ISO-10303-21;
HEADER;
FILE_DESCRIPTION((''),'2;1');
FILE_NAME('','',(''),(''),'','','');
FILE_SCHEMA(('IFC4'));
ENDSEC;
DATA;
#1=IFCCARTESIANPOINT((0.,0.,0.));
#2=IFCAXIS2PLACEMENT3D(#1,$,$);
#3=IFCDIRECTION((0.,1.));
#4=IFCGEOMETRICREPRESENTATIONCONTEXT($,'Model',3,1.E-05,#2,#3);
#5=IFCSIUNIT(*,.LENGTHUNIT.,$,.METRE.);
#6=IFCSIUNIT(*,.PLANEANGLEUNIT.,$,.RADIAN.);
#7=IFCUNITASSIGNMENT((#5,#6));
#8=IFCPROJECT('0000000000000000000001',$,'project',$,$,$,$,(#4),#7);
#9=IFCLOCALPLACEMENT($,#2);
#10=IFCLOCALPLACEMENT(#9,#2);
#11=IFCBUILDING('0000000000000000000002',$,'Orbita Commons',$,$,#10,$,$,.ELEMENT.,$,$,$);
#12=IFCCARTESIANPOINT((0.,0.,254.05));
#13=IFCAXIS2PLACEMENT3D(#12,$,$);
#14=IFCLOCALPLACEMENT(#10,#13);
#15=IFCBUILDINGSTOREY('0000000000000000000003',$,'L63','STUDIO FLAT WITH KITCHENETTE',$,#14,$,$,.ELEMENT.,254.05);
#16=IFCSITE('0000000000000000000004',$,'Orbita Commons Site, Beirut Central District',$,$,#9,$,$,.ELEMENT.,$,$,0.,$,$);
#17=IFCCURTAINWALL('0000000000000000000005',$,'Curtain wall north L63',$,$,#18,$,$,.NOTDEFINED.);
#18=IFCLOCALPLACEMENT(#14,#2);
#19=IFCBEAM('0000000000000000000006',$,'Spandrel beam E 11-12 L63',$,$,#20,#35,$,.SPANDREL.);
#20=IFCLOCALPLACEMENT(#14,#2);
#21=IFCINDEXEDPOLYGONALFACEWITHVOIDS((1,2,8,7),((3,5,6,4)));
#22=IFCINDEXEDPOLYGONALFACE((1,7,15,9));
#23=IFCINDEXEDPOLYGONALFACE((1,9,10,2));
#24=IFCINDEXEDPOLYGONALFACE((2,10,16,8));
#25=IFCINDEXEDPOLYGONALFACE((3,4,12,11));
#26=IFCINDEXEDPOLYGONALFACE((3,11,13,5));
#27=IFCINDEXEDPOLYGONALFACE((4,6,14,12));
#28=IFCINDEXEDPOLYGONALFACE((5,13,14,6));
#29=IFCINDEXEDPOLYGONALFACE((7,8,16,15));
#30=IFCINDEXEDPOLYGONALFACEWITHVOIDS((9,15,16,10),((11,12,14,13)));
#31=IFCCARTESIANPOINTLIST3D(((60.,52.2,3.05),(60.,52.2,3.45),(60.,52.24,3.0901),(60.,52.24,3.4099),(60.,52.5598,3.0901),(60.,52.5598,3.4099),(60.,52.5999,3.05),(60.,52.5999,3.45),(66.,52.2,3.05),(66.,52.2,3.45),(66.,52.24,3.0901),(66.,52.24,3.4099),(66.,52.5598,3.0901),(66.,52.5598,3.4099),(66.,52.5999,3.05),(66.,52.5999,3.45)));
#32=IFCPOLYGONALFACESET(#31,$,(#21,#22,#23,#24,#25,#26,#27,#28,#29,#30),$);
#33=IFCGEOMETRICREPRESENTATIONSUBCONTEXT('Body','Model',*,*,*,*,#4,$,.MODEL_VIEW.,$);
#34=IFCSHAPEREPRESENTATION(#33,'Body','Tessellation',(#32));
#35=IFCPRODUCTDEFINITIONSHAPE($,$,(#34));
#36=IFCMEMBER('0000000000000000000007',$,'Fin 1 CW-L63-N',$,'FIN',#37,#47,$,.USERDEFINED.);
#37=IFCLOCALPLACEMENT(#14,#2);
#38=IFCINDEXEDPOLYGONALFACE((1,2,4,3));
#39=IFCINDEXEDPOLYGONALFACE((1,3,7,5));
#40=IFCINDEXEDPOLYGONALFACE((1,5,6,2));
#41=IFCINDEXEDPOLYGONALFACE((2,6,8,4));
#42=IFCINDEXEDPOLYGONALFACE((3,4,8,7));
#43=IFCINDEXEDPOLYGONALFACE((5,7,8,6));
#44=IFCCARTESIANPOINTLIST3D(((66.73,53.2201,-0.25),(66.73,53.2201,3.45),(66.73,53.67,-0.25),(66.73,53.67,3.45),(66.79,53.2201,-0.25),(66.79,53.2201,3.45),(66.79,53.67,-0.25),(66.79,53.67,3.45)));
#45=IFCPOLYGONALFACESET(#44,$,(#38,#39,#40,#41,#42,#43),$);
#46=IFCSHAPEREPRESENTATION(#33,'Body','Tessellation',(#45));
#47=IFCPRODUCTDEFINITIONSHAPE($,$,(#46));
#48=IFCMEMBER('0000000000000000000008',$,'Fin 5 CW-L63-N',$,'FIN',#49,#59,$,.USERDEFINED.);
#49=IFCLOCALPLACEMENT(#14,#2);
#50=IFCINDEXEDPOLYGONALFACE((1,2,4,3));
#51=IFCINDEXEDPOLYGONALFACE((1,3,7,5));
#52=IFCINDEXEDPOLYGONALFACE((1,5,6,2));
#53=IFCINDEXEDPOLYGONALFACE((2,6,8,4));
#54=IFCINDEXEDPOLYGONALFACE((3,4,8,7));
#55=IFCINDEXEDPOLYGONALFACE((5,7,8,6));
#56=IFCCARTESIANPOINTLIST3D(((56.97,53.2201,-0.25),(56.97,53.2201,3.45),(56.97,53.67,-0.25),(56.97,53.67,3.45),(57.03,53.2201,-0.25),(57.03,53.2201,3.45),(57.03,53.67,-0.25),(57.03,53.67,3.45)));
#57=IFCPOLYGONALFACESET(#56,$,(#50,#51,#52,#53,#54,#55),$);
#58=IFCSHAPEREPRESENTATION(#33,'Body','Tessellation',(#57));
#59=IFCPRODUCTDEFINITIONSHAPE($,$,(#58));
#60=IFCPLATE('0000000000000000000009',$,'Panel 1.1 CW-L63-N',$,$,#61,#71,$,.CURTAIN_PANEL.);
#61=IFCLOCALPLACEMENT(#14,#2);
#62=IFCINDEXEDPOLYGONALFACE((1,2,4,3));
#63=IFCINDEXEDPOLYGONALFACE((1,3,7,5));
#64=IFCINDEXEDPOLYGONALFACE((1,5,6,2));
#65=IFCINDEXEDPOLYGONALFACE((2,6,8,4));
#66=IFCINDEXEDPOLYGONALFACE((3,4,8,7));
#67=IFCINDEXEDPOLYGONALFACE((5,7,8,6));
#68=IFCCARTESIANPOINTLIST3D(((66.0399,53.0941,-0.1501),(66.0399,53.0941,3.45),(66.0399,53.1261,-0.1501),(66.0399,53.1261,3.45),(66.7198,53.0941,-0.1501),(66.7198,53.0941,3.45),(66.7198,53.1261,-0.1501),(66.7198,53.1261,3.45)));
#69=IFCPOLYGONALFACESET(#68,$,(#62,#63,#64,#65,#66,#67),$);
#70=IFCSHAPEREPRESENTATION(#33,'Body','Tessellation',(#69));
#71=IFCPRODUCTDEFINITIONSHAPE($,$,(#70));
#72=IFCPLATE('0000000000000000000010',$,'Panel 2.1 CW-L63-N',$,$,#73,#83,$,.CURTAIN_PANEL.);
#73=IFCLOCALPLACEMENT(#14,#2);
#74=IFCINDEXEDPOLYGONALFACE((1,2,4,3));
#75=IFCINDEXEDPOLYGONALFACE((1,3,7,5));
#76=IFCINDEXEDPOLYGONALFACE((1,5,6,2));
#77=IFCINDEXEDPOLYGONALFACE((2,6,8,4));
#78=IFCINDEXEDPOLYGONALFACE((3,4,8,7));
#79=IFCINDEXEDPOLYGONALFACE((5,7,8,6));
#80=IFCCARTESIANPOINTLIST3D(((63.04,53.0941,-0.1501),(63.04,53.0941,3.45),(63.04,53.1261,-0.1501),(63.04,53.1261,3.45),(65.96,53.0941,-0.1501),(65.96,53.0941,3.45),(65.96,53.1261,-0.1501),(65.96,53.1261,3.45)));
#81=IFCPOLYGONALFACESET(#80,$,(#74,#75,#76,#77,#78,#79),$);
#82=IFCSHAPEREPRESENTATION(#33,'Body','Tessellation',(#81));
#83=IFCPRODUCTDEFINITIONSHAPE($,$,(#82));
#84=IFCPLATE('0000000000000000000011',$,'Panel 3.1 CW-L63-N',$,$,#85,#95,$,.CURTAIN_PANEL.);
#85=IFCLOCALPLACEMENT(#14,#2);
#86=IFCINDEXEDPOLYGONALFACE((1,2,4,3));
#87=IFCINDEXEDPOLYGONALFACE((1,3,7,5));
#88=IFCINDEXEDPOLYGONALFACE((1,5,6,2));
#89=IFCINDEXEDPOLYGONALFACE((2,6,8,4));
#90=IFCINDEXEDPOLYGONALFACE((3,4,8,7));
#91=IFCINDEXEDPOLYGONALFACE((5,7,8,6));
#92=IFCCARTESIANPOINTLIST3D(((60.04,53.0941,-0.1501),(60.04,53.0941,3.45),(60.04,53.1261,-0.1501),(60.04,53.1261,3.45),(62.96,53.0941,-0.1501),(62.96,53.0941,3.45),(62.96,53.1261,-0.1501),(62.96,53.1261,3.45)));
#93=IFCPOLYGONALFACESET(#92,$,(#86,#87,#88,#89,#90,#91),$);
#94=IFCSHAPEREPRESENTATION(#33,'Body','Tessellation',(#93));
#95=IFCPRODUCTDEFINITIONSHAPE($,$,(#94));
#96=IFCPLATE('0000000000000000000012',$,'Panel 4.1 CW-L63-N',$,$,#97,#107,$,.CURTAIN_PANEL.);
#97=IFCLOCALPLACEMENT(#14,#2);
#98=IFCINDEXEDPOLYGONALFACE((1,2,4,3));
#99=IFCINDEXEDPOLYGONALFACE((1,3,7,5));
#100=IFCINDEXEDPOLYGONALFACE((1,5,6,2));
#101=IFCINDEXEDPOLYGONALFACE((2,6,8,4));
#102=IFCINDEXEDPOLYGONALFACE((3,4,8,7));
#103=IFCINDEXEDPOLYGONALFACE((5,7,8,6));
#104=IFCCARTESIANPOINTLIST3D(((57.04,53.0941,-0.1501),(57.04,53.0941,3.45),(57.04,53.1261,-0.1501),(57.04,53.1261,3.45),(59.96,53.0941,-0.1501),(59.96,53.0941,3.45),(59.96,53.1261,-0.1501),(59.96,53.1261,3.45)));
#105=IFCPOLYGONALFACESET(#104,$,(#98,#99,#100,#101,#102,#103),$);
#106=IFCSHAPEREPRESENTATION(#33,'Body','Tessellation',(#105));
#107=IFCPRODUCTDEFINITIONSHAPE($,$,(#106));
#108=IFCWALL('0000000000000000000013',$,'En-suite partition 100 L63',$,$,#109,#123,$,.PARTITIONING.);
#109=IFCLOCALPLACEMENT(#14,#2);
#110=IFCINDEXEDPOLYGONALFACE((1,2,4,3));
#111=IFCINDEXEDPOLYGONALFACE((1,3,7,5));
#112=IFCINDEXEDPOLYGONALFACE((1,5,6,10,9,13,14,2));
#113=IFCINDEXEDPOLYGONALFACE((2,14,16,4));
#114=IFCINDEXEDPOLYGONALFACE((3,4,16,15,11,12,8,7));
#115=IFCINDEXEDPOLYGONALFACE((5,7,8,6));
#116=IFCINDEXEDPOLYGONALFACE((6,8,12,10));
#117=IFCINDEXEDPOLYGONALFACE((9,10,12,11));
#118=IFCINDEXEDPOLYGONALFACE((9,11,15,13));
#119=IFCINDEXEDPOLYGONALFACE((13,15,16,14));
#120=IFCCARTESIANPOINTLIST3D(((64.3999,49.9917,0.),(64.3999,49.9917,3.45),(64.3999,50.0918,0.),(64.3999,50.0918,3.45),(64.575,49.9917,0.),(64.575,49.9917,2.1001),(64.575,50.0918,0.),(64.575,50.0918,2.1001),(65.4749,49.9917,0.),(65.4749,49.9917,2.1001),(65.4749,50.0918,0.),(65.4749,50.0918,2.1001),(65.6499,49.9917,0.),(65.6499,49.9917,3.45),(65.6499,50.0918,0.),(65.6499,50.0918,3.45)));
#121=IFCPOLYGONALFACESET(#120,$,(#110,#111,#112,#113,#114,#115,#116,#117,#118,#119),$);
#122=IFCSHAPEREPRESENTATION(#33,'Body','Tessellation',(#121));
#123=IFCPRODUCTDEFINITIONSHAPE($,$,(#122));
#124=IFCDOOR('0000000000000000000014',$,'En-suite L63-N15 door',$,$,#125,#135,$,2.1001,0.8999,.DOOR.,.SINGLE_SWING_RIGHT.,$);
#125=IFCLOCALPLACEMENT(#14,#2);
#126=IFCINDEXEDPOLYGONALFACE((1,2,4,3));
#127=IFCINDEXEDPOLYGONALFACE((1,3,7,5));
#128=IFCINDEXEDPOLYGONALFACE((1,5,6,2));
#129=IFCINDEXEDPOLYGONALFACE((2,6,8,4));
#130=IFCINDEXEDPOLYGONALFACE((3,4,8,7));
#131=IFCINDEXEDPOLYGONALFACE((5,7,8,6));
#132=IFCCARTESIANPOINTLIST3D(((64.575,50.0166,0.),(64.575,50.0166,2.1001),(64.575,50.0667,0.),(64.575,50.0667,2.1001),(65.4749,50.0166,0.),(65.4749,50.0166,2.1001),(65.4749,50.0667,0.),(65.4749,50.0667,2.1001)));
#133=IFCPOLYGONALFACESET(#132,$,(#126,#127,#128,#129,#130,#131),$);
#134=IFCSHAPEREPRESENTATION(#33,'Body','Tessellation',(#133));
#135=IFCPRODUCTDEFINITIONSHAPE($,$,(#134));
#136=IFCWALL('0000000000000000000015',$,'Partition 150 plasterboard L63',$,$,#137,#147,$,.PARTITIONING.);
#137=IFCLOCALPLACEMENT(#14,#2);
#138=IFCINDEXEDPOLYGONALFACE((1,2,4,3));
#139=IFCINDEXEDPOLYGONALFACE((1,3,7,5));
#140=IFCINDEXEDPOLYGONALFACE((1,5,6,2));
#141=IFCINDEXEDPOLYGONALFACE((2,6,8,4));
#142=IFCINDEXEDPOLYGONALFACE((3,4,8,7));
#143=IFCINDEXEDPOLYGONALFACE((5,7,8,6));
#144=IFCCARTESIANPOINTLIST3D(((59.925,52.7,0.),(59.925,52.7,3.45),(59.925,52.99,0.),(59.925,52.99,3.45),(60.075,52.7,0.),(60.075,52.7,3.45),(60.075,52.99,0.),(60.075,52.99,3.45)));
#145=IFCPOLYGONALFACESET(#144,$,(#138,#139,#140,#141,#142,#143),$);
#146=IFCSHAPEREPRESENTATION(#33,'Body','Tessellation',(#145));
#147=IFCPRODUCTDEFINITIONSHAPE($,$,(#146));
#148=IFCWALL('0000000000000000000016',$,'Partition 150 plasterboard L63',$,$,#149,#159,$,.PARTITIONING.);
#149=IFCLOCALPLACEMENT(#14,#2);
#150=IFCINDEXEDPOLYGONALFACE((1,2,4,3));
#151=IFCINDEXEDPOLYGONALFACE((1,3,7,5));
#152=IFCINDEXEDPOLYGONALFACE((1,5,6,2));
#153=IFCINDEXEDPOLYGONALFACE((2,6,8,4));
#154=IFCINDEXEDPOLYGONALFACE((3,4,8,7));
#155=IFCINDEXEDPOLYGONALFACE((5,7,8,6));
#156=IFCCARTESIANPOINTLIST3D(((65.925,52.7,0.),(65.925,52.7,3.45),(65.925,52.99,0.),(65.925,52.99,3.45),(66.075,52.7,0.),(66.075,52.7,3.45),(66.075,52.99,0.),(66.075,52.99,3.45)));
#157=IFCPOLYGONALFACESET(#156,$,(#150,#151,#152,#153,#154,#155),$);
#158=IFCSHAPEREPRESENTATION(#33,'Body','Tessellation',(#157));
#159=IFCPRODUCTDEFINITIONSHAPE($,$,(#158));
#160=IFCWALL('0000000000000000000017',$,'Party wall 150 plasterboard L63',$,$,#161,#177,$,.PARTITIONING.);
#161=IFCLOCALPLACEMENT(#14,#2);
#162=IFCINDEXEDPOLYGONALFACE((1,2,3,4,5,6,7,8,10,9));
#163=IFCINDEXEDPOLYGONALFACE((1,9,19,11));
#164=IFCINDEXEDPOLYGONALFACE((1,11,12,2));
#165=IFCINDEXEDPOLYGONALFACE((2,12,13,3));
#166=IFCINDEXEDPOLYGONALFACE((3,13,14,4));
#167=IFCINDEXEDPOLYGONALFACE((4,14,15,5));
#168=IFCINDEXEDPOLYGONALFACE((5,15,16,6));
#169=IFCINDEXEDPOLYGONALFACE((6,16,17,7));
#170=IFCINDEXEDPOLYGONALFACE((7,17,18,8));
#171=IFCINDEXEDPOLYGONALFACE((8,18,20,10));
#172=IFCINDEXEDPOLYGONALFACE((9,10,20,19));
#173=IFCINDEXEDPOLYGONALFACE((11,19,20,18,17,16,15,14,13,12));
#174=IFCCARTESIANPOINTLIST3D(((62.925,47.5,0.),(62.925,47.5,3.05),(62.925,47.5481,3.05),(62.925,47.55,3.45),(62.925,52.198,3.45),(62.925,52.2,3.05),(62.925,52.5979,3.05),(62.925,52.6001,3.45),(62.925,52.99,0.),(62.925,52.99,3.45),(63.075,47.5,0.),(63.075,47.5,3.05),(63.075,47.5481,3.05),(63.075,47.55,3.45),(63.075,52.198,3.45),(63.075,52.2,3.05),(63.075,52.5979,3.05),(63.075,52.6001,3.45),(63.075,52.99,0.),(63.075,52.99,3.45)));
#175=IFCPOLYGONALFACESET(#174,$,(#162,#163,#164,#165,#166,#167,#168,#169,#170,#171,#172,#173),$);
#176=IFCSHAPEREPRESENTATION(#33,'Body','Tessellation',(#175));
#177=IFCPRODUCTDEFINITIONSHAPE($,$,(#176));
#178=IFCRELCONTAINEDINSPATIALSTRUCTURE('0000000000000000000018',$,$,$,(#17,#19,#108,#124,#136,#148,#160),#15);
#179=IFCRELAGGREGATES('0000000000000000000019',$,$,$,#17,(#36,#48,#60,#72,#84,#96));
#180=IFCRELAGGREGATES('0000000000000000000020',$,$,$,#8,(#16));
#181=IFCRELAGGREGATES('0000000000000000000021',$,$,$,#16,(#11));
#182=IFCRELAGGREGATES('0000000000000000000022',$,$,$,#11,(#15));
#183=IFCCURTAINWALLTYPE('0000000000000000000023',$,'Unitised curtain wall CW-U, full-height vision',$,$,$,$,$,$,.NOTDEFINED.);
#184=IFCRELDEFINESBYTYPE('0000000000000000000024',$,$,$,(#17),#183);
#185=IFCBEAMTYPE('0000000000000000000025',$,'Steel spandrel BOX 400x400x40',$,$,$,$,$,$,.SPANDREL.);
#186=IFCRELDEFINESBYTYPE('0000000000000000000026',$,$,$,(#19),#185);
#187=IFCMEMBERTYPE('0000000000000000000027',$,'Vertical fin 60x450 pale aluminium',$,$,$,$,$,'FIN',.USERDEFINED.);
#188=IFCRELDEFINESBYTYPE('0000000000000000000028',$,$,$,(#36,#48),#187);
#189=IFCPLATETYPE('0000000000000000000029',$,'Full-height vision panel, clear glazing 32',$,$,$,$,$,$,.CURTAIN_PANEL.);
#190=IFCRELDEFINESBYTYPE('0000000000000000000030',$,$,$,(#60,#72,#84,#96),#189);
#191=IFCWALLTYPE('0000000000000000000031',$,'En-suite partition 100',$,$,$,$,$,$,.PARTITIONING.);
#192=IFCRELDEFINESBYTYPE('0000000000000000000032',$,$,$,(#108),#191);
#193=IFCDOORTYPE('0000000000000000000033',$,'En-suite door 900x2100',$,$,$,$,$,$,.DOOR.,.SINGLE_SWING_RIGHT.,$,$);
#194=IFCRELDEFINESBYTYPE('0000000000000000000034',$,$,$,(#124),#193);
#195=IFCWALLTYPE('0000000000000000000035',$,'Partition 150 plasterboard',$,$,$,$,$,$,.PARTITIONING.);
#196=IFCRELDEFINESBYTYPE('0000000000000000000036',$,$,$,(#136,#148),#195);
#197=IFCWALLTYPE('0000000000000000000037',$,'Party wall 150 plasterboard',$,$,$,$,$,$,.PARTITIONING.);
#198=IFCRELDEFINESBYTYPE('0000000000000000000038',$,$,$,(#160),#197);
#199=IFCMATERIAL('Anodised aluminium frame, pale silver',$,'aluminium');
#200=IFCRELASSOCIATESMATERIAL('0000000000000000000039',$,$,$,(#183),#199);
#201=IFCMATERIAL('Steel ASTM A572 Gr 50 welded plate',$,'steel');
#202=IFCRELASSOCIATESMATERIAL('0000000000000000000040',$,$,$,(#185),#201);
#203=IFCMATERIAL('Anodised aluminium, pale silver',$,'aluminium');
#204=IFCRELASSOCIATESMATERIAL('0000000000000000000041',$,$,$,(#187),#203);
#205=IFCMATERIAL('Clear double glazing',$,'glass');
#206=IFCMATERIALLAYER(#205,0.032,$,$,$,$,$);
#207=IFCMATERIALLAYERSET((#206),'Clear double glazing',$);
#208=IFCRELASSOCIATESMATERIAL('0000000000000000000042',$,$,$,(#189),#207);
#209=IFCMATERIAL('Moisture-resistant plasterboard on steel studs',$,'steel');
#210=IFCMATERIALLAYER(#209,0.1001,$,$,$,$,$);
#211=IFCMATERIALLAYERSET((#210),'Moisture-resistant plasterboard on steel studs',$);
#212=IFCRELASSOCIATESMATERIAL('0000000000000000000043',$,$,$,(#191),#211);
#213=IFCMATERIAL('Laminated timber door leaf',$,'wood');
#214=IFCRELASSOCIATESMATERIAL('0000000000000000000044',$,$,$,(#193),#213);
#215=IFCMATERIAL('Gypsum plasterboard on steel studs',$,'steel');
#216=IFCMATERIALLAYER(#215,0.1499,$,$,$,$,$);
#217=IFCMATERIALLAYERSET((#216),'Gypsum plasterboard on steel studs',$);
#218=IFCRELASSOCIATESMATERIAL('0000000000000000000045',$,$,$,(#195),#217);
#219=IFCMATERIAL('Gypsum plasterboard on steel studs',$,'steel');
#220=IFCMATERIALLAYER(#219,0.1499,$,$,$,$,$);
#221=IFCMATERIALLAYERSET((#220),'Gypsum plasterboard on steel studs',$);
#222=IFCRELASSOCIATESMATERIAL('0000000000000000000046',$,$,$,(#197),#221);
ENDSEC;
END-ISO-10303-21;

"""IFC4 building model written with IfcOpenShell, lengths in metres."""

from ifc_helpers import new_model, si_unit, direction, frame, frame_2d, origin, origin_2d, place, context, subcontext, project, spatial, polyline, rectangle, hollow_rectangle, outline, extrude, material, layer, layer_set, material_profile, profile_set, type_object, element, fill, aggregate, save


model = new_model("IFC4")

# Units and contexts
model_context = context("Model", 3, precision=1e-05, world=origin(), true_north=direction((0.0, 1.0)))
body_context = subcontext(model_context, "Body", "Model", "MODEL_VIEW")
ifc_project = project(units=[si_unit("LENGTHUNIT", "METRE"), si_unit("PLANEANGLEUNIT", "RADIAN")], contexts=[model_context])

# Site, building, storey
site_placement = place(None, origin())
site = spatial("IfcSite", under=ifc_project, at=site_placement, Name="Orbita Commons Site, Beirut Central District", CompositionType="ELEMENT", RefElevation=0.0)
building_placement = place(site_placement, origin())
building = spatial("IfcBuilding", under=site, at=building_placement, Name="Orbita Commons", CompositionType="ELEMENT")
storey_placement = place(building_placement, frame((0.0, 0.0, 254.05)))
storey = spatial("IfcBuildingStorey", under=building, at=storey_placement, Name="L63", Description="STUDIO FLAT WITH KITCHENETTE", CompositionType="ELEMENT", Elevation=254.05)

# Curtain wall
ifc_material_1 = material(Name="Anodised aluminium frame, pale silver", Category="aluminium")
curtain_wall_type = type_object("IfcCurtainWallType", Name="Unitised curtain wall CW-U, full-height vision", PredefinedType="NOTDEFINED", material=ifc_material_1)
curtain_wall_placement = place(storey_placement, origin())
curtain_wall = element("IfcCurtainWall", 1, at=curtain_wall_placement, inside=storey, type_object=curtain_wall_type, Name="Curtain wall north L63", PredefinedType="NOTDEFINED")

# Beam
ifc_material_2 = material(Name="Steel ASTM A572 Gr 50 welded plate", Category="steel")
ifc_material_profile_1 = material_profile(ifc_material_2, hollow_rectangle(XDim=0.3999, YDim=0.3999, WallThickness=0.04, at=origin_2d()), Name="BOX 400x400x40")
ifc_profile_set_1 = profile_set([ifc_material_profile_1], Name="Steel ASTM A572 Gr 50 welded plate")
beam_type = type_object("IfcBeamType", Name="Steel spandrel BOX 400x400x40", PredefinedType="SPANDREL", material=ifc_profile_set_1)
beam_placement = place(storey_placement, frame((60.0, 52.3999, 3.25), z_axis=(1.0, 0.0, 0.0), x_axis=(0.0, 1.0, 0.0)))
element("IfcBeam", 2, at=beam_placement, inside=storey, type_object=beam_type, Name="Spandrel beam E 11-12 L63", PredefinedType="SPANDREL", context=body_context, shape_type="SweptSolid", body=[
    extrude(hollow_rectangle(XDim=0.3999, YDim=0.3999, WallThickness=0.04, at=origin_2d()), origin(), (0.0, 0.0, 1.0), 6.0),
])

# Members
ifc_material_3 = material(Name="Anodised aluminium, pale silver", Category="aluminium")
ifc_material_profile_2 = material_profile(ifc_material_3, rectangle(XDim=0.0601, YDim=0.45, at=origin_2d()), Name="FIN 60x450")
ifc_profile_set_2 = profile_set([ifc_material_profile_2], Name="Anodised aluminium, pale silver")
member_type_1 = type_object("IfcMemberType", Name="Vertical fin 60x450 pale aluminium", ElementType="FIN", PredefinedType="USERDEFINED", material=ifc_profile_set_2)
member_1_placement = place(storey_placement, frame((66.76, 53.4451, -0.25), z_axis=(0.0, 0.0, 1.0), x_axis=(-1.0, 0.0, 0.0)))
member_1 = element("IfcMember", 3, at=member_1_placement, type_object=member_type_1, Name="Fin 1 CW-L63-N", ObjectType="FIN", PredefinedType="USERDEFINED", context=body_context, shape_type="SweptSolid", body=[
    extrude(rectangle(XDim=0.0601, YDim=0.45, at=origin_2d()), origin(), (0.0, 0.0, 1.0), 3.7),
])
member_2_placement = place(storey_placement, frame((57.0, 53.4451, -0.25), z_axis=(0.0, 0.0, 1.0), x_axis=(-1.0, 0.0, 0.0)))
member_2 = element("IfcMember", 4, at=member_2_placement, type_object=member_type_1, Name="Fin 5 CW-L63-N", ObjectType="FIN", PredefinedType="USERDEFINED", context=body_context, shape_type="SweptSolid", body=[
    extrude(rectangle(XDim=0.0601, YDim=0.45, at=origin_2d()), origin(), (0.0, 0.0, 1.0), 3.7),
])

# Plates
ifc_material_4 = material(Name="Clear double glazing", Category="glass")
ifc_layer_1 = layer(ifc_material_4, 0.032)
ifc_layer_set_1 = layer_set([ifc_layer_1], Name="Clear double glazing")
plate_type = type_object("IfcPlateType", Name="Full-height vision panel, clear glazing 32", PredefinedType="CURTAIN_PANEL", material=ifc_layer_set_1)
plate_1_placement = place(storey_placement, frame((66.3799, 53.1101, -0.1501), z_axis=(0.0, 0.0, 1.0), x_axis=(-1.0, 0.0, 0.0)))
plate_1 = element("IfcPlate", 5, at=plate_1_placement, type_object=plate_type, Name="Panel 1.1 CW-L63-N", PredefinedType="CURTAIN_PANEL", context=body_context, shape_type="SweptSolid", body=[
    extrude(rectangle(XDim=0.6799, YDim=0.032, at=origin_2d()), origin(), (0.0, 0.0, 1.0), 3.6001),
])
plate_2_placement = place(storey_placement, frame((64.5, 53.1101, -0.1501), z_axis=(0.0, 0.0, 1.0), x_axis=(-1.0, 0.0, 0.0)))
plate_2 = element("IfcPlate", 6, at=plate_2_placement, type_object=plate_type, Name="Panel 2.1 CW-L63-N", PredefinedType="CURTAIN_PANEL", context=body_context, shape_type="SweptSolid", body=[
    extrude(rectangle(XDim=2.9199, YDim=0.032, at=origin_2d()), origin(), (0.0, 0.0, 1.0), 3.6001),
])
plate_3_placement = place(storey_placement, frame((61.5, 53.1101, -0.1501), z_axis=(0.0, 0.0, 1.0), x_axis=(-1.0, 0.0, 0.0)))
plate_3 = element("IfcPlate", 7, at=plate_3_placement, type_object=plate_type, Name="Panel 3.1 CW-L63-N", PredefinedType="CURTAIN_PANEL", context=body_context, shape_type="SweptSolid", body=[
    extrude(rectangle(XDim=2.9199, YDim=0.032, at=origin_2d()), origin(), (0.0, 0.0, 1.0), 3.6001),
])
plate_4_placement = place(storey_placement, frame((58.5, 53.1101, -0.1501), z_axis=(0.0, 0.0, 1.0), x_axis=(-1.0, 0.0, 0.0)))
plate_4 = element("IfcPlate", 8, at=plate_4_placement, type_object=plate_type, Name="Panel 4.1 CW-L63-N", PredefinedType="CURTAIN_PANEL", context=body_context, shape_type="SweptSolid", body=[
    extrude(rectangle(XDim=2.9199, YDim=0.032, at=origin_2d()), origin(), (0.0, 0.0, 1.0), 3.6001),
])
aggregate(curtain_wall, [member_1, member_2, plate_1, plate_2, plate_3, plate_4])

# Wall, opening, door
ifc_material_5 = material(Name="Moisture-resistant plasterboard on steel studs", Category="steel")
ifc_layer_2 = layer(ifc_material_5, 0.1001)
ifc_layer_set_2 = layer_set([ifc_layer_2], Name="Moisture-resistant plasterboard on steel studs")
wall_type_1 = type_object("IfcWallType", Name="En-suite partition 100", PredefinedType="PARTITIONING", material=ifc_layer_set_2)
wall_1_placement = place(storey_placement, frame((64.3999, 50.0417, 0.0), z_axis=(0.0, 0.0, 1.0), x_axis=(1.0, 0.0, 0.0)))
wall_1 = element("IfcWall", 9, at=wall_1_placement, inside=storey, type_object=wall_type_1, Name="En-suite partition 100 L63", PredefinedType="PARTITIONING", context=body_context, shape_type="SweptSolid", body=[
    extrude(rectangle(XDim=1.25, YDim=0.1001, at=frame_2d((0.625, 0.0))), origin(), (0.0, 0.0, 1.0), 3.45),
])
opening_1_placement = place(wall_1_placement, frame((0.175, 0.0, 0.0)))
opening_1 = element("IfcOpeningElement", 10, at=opening_1_placement, cuts=wall_1, PredefinedType="OPENING", context=body_context, shape_type="SweptSolid", body=[
    extrude(rectangle(XDim=0.8999, YDim=2.1001, at=frame_2d((0.45, 1.05))), frame((0.0, 0.0601, 0.0), z_axis=(0.0, -1.0, 0.0), x_axis=(1.0, 0.0, 0.0)), (0.0, 0.0, 1.0), 0.1201),
])
ifc_material_6 = material(Name="Laminated timber door leaf", Category="wood")
door_type = type_object("IfcDoorType", Name="En-suite door 900x2100", OperationType="SINGLE_SWING_RIGHT", PredefinedType="DOOR", material=ifc_material_6)
door_placement = place(opening_1_placement, origin())
door = element("IfcDoor", 11, at=door_placement, inside=storey, type_object=door_type, Name="En-suite L63-N15 door", OperationType="SINGLE_SWING_RIGHT", OverallHeight=2.1001, OverallWidth=0.8999, PredefinedType="DOOR", context=body_context, shape_type="SweptSolid", body=[
    extrude(rectangle(XDim=0.8999, YDim=2.1001, at=frame_2d((0.45, 1.05))), frame((0.0, 0.0249, 0.0), z_axis=(0.0, -1.0, 0.0), x_axis=(1.0, 0.0, 0.0)), (0.0, 0.0, 1.0), 0.05),
])
fill(opening_1, door)

# Walls
ifc_material_7 = material(Name="Gypsum plasterboard on steel studs", Category="steel")
ifc_layer_3 = layer(ifc_material_7, 0.1499)
ifc_layer_set_3 = layer_set([ifc_layer_3], Name="Gypsum plasterboard on steel studs")
wall_type_2 = type_object("IfcWallType", Name="Partition 150 plasterboard", PredefinedType="PARTITIONING", material=ifc_layer_set_3)
for number, where, z_axis, x_axis, name in (
    (12, (60.0, 52.7, 0.0), (0.0, 0.0, 1.0), (0.0, 1.0, 0.0), "Partition 150 plasterboard L63"),
    (13, (66.0, 52.7, 0.0), (0.0, 0.0, 1.0), (0.0, 1.0, 0.0), "Partition 150 plasterboard L63"),
):
    element("IfcWall", number, at=place(storey_placement, frame(where, z_axis=z_axis, x_axis=x_axis)), inside=storey, type_object=wall_type_2, Name=name, PredefinedType="PARTITIONING", context=body_context, shape_type="SweptSolid", body=[
        extrude(rectangle(XDim=0.29, YDim=0.1499, at=frame_2d((0.145, 0.0))), origin(), (0.0, 0.0, 1.0), 3.45),
    ])
ifc_material_8 = material(Name="Gypsum plasterboard on steel studs", Category="steel")
ifc_layer_4 = layer(ifc_material_8, 0.1499)
ifc_layer_set_4 = layer_set([ifc_layer_4], Name="Gypsum plasterboard on steel studs")
wall_type_3 = type_object("IfcWallType", Name="Party wall 150 plasterboard", PredefinedType="PARTITIONING", material=ifc_layer_set_4)
wall_2_placement = place(storey_placement, frame((63.0, 52.99, 0.0), z_axis=(0.0, 0.0, 1.0), x_axis=(0.0, -1.0, 0.0)))
element("IfcWall", 14, at=wall_2_placement, inside=storey, type_object=wall_type_3, Name="Party wall 150 plasterboard L63", PredefinedType="PARTITIONING", context=body_context, shape_type="SweptSolid", body=[
    extrude(outline(polyline([(0.0, 0.0), (5.49, 0.0), (5.49, 3.05), (5.4419, 3.05), (5.4399, 3.45), (0.792, 3.45), (0.79, 3.05), (0.3921, 3.05), (0.3899, 3.45), (0.0, 3.45), (0.0, 0.0)])), frame((0.0, 0.075, 0.0), z_axis=(0.0, -1.0, 0.0), x_axis=(1.0, 0.0, 0.0)), (0.0, 0.0, 1.0), 0.1499),
])

save(model, "model.ifc")
